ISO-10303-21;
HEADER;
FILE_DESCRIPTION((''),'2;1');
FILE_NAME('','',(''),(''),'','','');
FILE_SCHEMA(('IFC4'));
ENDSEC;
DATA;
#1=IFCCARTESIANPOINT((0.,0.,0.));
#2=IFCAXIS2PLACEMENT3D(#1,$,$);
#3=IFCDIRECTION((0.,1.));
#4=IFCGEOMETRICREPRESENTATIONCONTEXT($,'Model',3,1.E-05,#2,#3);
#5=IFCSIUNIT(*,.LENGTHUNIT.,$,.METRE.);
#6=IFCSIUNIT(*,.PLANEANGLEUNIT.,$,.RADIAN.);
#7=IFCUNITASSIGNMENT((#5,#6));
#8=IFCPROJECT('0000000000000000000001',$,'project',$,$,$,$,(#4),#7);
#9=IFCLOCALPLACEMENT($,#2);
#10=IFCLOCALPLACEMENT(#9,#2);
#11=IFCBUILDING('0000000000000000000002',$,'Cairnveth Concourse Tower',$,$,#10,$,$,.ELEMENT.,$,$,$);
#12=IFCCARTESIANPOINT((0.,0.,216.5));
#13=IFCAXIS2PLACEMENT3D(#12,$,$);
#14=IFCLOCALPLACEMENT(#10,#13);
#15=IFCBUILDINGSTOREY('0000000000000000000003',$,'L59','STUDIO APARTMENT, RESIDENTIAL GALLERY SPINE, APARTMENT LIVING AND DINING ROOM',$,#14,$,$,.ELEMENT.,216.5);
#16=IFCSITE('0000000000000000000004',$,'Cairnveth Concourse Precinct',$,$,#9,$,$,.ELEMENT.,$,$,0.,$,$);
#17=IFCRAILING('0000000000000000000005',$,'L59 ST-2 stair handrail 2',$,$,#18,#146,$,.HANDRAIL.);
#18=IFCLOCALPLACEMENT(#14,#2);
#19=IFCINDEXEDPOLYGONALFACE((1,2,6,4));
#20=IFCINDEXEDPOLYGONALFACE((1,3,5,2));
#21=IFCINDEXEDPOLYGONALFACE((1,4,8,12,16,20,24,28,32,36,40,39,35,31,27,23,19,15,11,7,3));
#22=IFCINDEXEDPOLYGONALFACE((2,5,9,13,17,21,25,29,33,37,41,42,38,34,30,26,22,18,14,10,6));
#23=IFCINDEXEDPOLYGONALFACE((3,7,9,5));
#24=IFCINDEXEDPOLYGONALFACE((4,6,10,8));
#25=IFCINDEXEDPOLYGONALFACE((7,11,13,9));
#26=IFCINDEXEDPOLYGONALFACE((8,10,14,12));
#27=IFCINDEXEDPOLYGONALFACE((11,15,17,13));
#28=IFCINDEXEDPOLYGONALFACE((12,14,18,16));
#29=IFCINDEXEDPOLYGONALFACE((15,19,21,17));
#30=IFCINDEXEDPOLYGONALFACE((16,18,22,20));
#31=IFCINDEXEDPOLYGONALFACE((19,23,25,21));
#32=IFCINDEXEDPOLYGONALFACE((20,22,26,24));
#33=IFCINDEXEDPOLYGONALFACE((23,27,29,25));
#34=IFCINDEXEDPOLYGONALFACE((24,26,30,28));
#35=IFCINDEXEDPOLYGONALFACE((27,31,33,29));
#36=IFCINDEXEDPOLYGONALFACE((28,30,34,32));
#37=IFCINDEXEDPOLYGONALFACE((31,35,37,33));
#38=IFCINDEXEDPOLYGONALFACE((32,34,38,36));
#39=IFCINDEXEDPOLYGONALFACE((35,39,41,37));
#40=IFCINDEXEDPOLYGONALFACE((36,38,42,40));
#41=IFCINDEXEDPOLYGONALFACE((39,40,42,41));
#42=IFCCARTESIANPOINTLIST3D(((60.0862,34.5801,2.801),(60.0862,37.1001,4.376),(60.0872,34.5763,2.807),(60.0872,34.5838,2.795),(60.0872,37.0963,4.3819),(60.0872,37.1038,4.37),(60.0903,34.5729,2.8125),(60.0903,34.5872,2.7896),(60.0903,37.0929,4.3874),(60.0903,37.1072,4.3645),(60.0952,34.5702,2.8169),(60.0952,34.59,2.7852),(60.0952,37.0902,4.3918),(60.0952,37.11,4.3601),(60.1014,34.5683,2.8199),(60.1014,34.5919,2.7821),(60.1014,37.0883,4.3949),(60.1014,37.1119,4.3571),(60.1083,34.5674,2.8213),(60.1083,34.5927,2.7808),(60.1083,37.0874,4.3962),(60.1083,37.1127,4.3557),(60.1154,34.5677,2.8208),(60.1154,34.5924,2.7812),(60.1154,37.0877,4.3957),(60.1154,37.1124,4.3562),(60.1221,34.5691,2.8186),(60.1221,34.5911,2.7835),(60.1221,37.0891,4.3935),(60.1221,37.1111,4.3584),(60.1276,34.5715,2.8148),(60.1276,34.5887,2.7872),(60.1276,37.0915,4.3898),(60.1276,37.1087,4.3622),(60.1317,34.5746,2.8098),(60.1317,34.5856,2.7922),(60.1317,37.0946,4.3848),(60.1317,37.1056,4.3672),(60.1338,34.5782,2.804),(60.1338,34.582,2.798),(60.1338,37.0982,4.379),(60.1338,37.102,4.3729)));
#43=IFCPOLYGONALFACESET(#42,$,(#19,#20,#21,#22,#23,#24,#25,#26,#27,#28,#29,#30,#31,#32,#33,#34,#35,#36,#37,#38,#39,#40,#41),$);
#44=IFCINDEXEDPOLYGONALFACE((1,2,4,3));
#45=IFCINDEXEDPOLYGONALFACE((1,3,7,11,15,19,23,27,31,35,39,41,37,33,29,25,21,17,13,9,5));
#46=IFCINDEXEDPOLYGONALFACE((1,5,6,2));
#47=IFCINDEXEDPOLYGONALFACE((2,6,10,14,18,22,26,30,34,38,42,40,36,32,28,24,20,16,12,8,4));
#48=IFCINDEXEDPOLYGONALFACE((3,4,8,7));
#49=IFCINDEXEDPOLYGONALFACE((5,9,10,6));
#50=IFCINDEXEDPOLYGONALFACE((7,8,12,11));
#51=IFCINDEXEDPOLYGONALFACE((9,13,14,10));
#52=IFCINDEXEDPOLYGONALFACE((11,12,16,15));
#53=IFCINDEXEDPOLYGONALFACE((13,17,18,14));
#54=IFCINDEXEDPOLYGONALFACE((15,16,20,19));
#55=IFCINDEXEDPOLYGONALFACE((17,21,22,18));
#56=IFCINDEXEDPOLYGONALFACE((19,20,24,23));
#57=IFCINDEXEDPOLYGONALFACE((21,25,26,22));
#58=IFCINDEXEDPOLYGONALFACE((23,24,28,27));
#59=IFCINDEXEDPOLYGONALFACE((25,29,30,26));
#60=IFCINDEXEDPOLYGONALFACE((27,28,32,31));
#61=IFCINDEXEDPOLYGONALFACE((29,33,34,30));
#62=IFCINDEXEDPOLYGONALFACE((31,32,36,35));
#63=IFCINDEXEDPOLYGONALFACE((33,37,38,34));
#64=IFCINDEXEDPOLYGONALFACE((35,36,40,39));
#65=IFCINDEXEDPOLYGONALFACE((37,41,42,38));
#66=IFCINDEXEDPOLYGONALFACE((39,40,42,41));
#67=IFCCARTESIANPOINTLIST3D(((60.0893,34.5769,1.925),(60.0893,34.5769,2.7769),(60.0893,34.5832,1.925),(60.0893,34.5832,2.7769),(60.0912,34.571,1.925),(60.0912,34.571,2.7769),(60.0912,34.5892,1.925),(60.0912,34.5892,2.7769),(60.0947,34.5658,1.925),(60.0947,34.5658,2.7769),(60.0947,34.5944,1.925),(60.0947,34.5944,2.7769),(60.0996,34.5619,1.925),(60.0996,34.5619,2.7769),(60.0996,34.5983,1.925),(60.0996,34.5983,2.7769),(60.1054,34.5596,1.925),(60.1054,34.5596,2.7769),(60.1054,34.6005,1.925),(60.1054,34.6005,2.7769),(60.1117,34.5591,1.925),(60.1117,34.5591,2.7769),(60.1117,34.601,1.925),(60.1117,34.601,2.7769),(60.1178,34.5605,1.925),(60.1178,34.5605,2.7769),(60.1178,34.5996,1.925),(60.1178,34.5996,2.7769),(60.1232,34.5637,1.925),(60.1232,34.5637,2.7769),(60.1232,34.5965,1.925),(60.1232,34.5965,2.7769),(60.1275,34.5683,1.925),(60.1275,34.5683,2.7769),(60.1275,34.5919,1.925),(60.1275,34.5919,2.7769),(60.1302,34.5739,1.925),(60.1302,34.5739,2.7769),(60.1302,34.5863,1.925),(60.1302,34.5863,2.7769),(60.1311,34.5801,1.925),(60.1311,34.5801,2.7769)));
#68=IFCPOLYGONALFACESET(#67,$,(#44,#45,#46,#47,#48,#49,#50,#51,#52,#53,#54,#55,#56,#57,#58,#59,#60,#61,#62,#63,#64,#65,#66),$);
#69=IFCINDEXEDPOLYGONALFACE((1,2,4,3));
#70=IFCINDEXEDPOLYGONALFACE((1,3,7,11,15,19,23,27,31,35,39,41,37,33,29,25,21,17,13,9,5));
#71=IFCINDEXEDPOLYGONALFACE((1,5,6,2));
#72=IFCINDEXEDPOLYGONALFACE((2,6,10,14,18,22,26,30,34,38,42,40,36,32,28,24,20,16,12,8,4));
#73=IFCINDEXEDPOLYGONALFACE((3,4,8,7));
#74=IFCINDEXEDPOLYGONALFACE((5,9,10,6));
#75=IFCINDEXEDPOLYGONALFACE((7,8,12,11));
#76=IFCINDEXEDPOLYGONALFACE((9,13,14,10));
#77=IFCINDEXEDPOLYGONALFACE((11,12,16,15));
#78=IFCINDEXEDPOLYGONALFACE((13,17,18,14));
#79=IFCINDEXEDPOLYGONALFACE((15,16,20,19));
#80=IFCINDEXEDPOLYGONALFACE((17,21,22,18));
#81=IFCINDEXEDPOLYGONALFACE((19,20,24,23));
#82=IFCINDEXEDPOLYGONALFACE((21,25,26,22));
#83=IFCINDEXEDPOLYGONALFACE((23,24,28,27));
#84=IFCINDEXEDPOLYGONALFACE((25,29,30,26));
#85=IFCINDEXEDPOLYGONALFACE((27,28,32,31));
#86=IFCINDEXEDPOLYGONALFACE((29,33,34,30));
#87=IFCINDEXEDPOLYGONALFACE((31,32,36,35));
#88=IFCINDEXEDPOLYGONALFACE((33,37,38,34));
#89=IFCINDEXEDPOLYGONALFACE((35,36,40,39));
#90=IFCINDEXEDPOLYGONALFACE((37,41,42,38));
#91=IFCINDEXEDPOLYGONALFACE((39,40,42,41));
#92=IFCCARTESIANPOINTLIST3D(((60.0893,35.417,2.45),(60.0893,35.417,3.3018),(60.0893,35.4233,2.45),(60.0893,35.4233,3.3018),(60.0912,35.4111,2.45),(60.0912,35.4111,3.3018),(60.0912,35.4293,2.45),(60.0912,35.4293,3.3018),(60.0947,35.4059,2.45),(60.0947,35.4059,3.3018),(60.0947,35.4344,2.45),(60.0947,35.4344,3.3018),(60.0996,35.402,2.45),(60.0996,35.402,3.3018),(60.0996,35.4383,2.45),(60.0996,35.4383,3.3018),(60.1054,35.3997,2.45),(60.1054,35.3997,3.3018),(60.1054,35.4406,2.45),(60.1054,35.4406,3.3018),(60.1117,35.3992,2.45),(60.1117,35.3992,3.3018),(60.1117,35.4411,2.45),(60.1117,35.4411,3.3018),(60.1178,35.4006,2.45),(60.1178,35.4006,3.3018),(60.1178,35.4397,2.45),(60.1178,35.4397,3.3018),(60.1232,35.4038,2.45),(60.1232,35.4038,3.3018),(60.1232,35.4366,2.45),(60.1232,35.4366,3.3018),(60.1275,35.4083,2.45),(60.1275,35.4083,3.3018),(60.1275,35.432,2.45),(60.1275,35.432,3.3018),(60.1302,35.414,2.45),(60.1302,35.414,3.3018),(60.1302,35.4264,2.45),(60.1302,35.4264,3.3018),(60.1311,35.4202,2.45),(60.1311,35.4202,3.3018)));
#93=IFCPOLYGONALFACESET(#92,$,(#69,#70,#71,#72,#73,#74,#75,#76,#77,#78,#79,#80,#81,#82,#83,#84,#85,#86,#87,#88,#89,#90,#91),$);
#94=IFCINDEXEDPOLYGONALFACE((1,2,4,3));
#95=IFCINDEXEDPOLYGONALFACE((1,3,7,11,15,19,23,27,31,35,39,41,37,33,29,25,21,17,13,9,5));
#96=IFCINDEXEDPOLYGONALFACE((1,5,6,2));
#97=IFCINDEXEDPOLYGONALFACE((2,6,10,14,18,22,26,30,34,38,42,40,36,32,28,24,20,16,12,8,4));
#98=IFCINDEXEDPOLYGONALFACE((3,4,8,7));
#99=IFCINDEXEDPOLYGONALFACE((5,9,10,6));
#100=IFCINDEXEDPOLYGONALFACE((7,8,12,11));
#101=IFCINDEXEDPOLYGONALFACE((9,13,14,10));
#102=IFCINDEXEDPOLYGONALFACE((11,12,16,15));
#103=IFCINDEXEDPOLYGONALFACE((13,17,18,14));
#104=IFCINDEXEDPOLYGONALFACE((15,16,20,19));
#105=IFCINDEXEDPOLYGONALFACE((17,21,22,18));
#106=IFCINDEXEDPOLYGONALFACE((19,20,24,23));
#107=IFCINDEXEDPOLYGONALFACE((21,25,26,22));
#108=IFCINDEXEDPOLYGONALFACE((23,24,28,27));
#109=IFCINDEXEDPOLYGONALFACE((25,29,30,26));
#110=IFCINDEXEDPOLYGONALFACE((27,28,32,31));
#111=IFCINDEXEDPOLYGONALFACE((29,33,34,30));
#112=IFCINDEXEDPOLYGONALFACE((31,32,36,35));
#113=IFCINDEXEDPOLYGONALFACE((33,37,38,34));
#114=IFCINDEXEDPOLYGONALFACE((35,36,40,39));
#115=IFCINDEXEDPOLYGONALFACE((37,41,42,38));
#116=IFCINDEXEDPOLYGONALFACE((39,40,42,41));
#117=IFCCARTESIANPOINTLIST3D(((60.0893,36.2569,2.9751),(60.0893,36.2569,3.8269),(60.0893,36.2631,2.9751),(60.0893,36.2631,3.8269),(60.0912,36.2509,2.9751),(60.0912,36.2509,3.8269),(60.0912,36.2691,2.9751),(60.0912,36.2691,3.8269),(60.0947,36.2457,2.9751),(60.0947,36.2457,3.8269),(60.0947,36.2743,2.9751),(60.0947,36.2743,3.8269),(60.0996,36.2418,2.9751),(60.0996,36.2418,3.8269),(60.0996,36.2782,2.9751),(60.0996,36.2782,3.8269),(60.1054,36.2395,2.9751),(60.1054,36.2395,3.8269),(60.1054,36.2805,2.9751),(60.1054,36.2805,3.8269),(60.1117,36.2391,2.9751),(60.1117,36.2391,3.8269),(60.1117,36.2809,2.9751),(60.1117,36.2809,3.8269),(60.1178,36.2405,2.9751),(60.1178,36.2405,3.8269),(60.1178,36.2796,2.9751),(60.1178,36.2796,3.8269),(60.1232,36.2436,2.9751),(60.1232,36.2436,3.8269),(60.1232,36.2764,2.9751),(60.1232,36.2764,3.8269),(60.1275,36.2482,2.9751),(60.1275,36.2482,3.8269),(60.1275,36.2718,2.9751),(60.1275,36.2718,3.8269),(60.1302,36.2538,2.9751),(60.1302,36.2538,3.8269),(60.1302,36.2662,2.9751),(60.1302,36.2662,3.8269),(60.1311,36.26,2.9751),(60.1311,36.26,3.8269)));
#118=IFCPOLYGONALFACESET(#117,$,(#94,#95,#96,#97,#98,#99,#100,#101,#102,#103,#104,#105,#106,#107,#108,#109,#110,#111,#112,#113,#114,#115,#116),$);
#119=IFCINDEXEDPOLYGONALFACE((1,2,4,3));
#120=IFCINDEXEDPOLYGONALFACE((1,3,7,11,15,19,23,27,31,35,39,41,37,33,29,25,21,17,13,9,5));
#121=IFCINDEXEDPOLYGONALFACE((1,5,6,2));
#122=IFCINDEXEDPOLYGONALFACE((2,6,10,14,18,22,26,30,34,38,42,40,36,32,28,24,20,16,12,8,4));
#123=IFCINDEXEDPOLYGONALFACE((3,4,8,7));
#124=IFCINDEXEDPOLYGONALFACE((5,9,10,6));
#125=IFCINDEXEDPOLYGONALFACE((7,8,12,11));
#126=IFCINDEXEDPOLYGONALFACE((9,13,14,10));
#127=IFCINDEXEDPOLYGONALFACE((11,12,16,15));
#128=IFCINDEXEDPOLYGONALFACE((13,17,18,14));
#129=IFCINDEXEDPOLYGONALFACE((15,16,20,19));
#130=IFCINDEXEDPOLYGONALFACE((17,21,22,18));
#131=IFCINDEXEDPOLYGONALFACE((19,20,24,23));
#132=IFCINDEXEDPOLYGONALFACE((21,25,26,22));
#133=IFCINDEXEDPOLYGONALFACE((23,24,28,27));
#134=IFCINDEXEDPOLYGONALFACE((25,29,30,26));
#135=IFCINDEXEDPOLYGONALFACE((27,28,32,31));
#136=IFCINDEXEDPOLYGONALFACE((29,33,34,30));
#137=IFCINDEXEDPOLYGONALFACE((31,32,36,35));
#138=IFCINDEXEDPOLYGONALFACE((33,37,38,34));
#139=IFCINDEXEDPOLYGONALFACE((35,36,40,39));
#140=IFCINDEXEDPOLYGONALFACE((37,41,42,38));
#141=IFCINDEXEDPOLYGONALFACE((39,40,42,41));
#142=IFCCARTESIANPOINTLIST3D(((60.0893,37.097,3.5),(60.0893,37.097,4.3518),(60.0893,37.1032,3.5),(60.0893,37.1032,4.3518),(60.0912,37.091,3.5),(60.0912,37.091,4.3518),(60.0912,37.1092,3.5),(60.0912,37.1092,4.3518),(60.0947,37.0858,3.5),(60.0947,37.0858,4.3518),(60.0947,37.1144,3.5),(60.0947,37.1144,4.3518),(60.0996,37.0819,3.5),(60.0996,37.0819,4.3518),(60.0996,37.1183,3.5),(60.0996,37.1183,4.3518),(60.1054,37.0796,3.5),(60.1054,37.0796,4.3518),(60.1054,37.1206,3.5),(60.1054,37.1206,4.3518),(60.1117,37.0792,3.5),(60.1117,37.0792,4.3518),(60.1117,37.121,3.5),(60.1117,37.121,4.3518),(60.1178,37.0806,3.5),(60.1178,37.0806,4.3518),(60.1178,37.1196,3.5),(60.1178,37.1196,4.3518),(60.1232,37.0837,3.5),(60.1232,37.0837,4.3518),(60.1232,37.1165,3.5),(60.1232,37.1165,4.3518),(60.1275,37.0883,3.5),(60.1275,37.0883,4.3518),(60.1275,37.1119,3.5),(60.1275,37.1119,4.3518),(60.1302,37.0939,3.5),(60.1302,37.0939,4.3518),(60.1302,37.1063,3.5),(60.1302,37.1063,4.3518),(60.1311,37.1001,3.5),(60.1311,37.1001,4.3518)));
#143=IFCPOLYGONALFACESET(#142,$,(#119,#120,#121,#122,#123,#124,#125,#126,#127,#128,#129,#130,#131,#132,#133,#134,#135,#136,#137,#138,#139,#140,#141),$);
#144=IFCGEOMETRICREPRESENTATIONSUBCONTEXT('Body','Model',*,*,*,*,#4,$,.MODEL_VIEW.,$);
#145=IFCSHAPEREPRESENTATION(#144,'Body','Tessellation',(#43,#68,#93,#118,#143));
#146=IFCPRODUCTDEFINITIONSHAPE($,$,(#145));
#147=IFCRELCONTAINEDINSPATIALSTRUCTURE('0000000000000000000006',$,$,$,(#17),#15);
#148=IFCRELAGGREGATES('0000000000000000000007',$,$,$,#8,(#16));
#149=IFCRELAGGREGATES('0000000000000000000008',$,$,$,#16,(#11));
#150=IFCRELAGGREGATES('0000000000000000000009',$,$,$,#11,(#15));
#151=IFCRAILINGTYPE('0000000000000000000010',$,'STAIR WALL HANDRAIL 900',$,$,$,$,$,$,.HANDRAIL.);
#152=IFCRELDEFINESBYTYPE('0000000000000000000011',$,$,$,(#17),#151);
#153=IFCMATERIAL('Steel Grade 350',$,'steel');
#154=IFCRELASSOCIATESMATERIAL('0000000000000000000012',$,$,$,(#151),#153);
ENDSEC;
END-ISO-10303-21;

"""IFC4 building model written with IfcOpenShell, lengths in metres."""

from ifc_helpers import new_model, si_unit, direction, frame, origin, origin_2d, place, context, subcontext, project, spatial, circle, extrude, material, type_object, element, save


model = new_model("IFC4")

# Units and contexts
model_context = context("Model", 3, precision=1e-05, world=origin(), true_north=direction((0.0, 1.0)))
body_context = subcontext(model_context, "Body", "Model", "MODEL_VIEW")
ifc_project = project(units=[si_unit("LENGTHUNIT", "METRE"), si_unit("PLANEANGLEUNIT", "RADIAN")], contexts=[model_context])

# Site, building, storey
site_placement = place(None, origin())
site = spatial("IfcSite", under=ifc_project, at=site_placement, Name="Cairnveth Concourse Precinct", CompositionType="ELEMENT", RefElevation=0.0)
building_placement = place(site_placement, origin())
building = spatial("IfcBuilding", under=site, at=building_placement, Name="Cairnveth Concourse Tower", CompositionType="ELEMENT")
storey_placement = place(building_placement, frame((0.0, 0.0, 216.5)))
storey = spatial("IfcBuildingStorey", under=building, at=storey_placement, Name="L59", Description="STUDIO APARTMENT, RESIDENTIAL GALLERY SPINE, APARTMENT LIVING AND DINING ROOM", CompositionType="ELEMENT", Elevation=216.5)

# Shared definitions
ifc_material_1 = material(Name="Steel Grade 350", Category="steel")

# Railing
railing_type_1 = type_object("IfcRailingType", Name="STAIR WALL HANDRAIL 900", PredefinedType="HANDRAIL", material=ifc_material_1)
railing_1_placement = place(storey_placement, frame((60.1101, 34.5801, 1.925)))
element("IfcRailing", 1, at=railing_1_placement, inside=storey, type_object=railing_type_1, Name="L59 ST-2 stair handrail 2", PredefinedType="HANDRAIL", context=body_context, shape_type="SweptSolid", body=[
    extrude(circle(Radius=0.0239, at=origin_2d()), frame((0.0, 0.0, 0.876), z_axis=(0.0, 0.848008, 0.529984), x_axis=(-1.0, 0.0, 0.0)), (0.0, 0.0, 1.0), 2.9717),
    extrude(circle(Radius=0.021, at=origin_2d()), origin(), (0.0, 0.0, 1.0), 0.8518),
    extrude(circle(Radius=0.021, at=origin_2d()), frame((0.0, 0.8401, 0.5249)), (0.0, 0.0, 1.0), 0.8518),
    extrude(circle(Radius=0.021, at=origin_2d()), frame((0.0, 1.6799, 1.05)), (0.0, 0.0, 1.0), 0.8518),
    extrude(circle(Radius=0.021, at=origin_2d()), frame((0.0, 2.52, 1.575)), (0.0, 0.0, 1.0), 0.8518),
])

save(model, "model.ifc")
